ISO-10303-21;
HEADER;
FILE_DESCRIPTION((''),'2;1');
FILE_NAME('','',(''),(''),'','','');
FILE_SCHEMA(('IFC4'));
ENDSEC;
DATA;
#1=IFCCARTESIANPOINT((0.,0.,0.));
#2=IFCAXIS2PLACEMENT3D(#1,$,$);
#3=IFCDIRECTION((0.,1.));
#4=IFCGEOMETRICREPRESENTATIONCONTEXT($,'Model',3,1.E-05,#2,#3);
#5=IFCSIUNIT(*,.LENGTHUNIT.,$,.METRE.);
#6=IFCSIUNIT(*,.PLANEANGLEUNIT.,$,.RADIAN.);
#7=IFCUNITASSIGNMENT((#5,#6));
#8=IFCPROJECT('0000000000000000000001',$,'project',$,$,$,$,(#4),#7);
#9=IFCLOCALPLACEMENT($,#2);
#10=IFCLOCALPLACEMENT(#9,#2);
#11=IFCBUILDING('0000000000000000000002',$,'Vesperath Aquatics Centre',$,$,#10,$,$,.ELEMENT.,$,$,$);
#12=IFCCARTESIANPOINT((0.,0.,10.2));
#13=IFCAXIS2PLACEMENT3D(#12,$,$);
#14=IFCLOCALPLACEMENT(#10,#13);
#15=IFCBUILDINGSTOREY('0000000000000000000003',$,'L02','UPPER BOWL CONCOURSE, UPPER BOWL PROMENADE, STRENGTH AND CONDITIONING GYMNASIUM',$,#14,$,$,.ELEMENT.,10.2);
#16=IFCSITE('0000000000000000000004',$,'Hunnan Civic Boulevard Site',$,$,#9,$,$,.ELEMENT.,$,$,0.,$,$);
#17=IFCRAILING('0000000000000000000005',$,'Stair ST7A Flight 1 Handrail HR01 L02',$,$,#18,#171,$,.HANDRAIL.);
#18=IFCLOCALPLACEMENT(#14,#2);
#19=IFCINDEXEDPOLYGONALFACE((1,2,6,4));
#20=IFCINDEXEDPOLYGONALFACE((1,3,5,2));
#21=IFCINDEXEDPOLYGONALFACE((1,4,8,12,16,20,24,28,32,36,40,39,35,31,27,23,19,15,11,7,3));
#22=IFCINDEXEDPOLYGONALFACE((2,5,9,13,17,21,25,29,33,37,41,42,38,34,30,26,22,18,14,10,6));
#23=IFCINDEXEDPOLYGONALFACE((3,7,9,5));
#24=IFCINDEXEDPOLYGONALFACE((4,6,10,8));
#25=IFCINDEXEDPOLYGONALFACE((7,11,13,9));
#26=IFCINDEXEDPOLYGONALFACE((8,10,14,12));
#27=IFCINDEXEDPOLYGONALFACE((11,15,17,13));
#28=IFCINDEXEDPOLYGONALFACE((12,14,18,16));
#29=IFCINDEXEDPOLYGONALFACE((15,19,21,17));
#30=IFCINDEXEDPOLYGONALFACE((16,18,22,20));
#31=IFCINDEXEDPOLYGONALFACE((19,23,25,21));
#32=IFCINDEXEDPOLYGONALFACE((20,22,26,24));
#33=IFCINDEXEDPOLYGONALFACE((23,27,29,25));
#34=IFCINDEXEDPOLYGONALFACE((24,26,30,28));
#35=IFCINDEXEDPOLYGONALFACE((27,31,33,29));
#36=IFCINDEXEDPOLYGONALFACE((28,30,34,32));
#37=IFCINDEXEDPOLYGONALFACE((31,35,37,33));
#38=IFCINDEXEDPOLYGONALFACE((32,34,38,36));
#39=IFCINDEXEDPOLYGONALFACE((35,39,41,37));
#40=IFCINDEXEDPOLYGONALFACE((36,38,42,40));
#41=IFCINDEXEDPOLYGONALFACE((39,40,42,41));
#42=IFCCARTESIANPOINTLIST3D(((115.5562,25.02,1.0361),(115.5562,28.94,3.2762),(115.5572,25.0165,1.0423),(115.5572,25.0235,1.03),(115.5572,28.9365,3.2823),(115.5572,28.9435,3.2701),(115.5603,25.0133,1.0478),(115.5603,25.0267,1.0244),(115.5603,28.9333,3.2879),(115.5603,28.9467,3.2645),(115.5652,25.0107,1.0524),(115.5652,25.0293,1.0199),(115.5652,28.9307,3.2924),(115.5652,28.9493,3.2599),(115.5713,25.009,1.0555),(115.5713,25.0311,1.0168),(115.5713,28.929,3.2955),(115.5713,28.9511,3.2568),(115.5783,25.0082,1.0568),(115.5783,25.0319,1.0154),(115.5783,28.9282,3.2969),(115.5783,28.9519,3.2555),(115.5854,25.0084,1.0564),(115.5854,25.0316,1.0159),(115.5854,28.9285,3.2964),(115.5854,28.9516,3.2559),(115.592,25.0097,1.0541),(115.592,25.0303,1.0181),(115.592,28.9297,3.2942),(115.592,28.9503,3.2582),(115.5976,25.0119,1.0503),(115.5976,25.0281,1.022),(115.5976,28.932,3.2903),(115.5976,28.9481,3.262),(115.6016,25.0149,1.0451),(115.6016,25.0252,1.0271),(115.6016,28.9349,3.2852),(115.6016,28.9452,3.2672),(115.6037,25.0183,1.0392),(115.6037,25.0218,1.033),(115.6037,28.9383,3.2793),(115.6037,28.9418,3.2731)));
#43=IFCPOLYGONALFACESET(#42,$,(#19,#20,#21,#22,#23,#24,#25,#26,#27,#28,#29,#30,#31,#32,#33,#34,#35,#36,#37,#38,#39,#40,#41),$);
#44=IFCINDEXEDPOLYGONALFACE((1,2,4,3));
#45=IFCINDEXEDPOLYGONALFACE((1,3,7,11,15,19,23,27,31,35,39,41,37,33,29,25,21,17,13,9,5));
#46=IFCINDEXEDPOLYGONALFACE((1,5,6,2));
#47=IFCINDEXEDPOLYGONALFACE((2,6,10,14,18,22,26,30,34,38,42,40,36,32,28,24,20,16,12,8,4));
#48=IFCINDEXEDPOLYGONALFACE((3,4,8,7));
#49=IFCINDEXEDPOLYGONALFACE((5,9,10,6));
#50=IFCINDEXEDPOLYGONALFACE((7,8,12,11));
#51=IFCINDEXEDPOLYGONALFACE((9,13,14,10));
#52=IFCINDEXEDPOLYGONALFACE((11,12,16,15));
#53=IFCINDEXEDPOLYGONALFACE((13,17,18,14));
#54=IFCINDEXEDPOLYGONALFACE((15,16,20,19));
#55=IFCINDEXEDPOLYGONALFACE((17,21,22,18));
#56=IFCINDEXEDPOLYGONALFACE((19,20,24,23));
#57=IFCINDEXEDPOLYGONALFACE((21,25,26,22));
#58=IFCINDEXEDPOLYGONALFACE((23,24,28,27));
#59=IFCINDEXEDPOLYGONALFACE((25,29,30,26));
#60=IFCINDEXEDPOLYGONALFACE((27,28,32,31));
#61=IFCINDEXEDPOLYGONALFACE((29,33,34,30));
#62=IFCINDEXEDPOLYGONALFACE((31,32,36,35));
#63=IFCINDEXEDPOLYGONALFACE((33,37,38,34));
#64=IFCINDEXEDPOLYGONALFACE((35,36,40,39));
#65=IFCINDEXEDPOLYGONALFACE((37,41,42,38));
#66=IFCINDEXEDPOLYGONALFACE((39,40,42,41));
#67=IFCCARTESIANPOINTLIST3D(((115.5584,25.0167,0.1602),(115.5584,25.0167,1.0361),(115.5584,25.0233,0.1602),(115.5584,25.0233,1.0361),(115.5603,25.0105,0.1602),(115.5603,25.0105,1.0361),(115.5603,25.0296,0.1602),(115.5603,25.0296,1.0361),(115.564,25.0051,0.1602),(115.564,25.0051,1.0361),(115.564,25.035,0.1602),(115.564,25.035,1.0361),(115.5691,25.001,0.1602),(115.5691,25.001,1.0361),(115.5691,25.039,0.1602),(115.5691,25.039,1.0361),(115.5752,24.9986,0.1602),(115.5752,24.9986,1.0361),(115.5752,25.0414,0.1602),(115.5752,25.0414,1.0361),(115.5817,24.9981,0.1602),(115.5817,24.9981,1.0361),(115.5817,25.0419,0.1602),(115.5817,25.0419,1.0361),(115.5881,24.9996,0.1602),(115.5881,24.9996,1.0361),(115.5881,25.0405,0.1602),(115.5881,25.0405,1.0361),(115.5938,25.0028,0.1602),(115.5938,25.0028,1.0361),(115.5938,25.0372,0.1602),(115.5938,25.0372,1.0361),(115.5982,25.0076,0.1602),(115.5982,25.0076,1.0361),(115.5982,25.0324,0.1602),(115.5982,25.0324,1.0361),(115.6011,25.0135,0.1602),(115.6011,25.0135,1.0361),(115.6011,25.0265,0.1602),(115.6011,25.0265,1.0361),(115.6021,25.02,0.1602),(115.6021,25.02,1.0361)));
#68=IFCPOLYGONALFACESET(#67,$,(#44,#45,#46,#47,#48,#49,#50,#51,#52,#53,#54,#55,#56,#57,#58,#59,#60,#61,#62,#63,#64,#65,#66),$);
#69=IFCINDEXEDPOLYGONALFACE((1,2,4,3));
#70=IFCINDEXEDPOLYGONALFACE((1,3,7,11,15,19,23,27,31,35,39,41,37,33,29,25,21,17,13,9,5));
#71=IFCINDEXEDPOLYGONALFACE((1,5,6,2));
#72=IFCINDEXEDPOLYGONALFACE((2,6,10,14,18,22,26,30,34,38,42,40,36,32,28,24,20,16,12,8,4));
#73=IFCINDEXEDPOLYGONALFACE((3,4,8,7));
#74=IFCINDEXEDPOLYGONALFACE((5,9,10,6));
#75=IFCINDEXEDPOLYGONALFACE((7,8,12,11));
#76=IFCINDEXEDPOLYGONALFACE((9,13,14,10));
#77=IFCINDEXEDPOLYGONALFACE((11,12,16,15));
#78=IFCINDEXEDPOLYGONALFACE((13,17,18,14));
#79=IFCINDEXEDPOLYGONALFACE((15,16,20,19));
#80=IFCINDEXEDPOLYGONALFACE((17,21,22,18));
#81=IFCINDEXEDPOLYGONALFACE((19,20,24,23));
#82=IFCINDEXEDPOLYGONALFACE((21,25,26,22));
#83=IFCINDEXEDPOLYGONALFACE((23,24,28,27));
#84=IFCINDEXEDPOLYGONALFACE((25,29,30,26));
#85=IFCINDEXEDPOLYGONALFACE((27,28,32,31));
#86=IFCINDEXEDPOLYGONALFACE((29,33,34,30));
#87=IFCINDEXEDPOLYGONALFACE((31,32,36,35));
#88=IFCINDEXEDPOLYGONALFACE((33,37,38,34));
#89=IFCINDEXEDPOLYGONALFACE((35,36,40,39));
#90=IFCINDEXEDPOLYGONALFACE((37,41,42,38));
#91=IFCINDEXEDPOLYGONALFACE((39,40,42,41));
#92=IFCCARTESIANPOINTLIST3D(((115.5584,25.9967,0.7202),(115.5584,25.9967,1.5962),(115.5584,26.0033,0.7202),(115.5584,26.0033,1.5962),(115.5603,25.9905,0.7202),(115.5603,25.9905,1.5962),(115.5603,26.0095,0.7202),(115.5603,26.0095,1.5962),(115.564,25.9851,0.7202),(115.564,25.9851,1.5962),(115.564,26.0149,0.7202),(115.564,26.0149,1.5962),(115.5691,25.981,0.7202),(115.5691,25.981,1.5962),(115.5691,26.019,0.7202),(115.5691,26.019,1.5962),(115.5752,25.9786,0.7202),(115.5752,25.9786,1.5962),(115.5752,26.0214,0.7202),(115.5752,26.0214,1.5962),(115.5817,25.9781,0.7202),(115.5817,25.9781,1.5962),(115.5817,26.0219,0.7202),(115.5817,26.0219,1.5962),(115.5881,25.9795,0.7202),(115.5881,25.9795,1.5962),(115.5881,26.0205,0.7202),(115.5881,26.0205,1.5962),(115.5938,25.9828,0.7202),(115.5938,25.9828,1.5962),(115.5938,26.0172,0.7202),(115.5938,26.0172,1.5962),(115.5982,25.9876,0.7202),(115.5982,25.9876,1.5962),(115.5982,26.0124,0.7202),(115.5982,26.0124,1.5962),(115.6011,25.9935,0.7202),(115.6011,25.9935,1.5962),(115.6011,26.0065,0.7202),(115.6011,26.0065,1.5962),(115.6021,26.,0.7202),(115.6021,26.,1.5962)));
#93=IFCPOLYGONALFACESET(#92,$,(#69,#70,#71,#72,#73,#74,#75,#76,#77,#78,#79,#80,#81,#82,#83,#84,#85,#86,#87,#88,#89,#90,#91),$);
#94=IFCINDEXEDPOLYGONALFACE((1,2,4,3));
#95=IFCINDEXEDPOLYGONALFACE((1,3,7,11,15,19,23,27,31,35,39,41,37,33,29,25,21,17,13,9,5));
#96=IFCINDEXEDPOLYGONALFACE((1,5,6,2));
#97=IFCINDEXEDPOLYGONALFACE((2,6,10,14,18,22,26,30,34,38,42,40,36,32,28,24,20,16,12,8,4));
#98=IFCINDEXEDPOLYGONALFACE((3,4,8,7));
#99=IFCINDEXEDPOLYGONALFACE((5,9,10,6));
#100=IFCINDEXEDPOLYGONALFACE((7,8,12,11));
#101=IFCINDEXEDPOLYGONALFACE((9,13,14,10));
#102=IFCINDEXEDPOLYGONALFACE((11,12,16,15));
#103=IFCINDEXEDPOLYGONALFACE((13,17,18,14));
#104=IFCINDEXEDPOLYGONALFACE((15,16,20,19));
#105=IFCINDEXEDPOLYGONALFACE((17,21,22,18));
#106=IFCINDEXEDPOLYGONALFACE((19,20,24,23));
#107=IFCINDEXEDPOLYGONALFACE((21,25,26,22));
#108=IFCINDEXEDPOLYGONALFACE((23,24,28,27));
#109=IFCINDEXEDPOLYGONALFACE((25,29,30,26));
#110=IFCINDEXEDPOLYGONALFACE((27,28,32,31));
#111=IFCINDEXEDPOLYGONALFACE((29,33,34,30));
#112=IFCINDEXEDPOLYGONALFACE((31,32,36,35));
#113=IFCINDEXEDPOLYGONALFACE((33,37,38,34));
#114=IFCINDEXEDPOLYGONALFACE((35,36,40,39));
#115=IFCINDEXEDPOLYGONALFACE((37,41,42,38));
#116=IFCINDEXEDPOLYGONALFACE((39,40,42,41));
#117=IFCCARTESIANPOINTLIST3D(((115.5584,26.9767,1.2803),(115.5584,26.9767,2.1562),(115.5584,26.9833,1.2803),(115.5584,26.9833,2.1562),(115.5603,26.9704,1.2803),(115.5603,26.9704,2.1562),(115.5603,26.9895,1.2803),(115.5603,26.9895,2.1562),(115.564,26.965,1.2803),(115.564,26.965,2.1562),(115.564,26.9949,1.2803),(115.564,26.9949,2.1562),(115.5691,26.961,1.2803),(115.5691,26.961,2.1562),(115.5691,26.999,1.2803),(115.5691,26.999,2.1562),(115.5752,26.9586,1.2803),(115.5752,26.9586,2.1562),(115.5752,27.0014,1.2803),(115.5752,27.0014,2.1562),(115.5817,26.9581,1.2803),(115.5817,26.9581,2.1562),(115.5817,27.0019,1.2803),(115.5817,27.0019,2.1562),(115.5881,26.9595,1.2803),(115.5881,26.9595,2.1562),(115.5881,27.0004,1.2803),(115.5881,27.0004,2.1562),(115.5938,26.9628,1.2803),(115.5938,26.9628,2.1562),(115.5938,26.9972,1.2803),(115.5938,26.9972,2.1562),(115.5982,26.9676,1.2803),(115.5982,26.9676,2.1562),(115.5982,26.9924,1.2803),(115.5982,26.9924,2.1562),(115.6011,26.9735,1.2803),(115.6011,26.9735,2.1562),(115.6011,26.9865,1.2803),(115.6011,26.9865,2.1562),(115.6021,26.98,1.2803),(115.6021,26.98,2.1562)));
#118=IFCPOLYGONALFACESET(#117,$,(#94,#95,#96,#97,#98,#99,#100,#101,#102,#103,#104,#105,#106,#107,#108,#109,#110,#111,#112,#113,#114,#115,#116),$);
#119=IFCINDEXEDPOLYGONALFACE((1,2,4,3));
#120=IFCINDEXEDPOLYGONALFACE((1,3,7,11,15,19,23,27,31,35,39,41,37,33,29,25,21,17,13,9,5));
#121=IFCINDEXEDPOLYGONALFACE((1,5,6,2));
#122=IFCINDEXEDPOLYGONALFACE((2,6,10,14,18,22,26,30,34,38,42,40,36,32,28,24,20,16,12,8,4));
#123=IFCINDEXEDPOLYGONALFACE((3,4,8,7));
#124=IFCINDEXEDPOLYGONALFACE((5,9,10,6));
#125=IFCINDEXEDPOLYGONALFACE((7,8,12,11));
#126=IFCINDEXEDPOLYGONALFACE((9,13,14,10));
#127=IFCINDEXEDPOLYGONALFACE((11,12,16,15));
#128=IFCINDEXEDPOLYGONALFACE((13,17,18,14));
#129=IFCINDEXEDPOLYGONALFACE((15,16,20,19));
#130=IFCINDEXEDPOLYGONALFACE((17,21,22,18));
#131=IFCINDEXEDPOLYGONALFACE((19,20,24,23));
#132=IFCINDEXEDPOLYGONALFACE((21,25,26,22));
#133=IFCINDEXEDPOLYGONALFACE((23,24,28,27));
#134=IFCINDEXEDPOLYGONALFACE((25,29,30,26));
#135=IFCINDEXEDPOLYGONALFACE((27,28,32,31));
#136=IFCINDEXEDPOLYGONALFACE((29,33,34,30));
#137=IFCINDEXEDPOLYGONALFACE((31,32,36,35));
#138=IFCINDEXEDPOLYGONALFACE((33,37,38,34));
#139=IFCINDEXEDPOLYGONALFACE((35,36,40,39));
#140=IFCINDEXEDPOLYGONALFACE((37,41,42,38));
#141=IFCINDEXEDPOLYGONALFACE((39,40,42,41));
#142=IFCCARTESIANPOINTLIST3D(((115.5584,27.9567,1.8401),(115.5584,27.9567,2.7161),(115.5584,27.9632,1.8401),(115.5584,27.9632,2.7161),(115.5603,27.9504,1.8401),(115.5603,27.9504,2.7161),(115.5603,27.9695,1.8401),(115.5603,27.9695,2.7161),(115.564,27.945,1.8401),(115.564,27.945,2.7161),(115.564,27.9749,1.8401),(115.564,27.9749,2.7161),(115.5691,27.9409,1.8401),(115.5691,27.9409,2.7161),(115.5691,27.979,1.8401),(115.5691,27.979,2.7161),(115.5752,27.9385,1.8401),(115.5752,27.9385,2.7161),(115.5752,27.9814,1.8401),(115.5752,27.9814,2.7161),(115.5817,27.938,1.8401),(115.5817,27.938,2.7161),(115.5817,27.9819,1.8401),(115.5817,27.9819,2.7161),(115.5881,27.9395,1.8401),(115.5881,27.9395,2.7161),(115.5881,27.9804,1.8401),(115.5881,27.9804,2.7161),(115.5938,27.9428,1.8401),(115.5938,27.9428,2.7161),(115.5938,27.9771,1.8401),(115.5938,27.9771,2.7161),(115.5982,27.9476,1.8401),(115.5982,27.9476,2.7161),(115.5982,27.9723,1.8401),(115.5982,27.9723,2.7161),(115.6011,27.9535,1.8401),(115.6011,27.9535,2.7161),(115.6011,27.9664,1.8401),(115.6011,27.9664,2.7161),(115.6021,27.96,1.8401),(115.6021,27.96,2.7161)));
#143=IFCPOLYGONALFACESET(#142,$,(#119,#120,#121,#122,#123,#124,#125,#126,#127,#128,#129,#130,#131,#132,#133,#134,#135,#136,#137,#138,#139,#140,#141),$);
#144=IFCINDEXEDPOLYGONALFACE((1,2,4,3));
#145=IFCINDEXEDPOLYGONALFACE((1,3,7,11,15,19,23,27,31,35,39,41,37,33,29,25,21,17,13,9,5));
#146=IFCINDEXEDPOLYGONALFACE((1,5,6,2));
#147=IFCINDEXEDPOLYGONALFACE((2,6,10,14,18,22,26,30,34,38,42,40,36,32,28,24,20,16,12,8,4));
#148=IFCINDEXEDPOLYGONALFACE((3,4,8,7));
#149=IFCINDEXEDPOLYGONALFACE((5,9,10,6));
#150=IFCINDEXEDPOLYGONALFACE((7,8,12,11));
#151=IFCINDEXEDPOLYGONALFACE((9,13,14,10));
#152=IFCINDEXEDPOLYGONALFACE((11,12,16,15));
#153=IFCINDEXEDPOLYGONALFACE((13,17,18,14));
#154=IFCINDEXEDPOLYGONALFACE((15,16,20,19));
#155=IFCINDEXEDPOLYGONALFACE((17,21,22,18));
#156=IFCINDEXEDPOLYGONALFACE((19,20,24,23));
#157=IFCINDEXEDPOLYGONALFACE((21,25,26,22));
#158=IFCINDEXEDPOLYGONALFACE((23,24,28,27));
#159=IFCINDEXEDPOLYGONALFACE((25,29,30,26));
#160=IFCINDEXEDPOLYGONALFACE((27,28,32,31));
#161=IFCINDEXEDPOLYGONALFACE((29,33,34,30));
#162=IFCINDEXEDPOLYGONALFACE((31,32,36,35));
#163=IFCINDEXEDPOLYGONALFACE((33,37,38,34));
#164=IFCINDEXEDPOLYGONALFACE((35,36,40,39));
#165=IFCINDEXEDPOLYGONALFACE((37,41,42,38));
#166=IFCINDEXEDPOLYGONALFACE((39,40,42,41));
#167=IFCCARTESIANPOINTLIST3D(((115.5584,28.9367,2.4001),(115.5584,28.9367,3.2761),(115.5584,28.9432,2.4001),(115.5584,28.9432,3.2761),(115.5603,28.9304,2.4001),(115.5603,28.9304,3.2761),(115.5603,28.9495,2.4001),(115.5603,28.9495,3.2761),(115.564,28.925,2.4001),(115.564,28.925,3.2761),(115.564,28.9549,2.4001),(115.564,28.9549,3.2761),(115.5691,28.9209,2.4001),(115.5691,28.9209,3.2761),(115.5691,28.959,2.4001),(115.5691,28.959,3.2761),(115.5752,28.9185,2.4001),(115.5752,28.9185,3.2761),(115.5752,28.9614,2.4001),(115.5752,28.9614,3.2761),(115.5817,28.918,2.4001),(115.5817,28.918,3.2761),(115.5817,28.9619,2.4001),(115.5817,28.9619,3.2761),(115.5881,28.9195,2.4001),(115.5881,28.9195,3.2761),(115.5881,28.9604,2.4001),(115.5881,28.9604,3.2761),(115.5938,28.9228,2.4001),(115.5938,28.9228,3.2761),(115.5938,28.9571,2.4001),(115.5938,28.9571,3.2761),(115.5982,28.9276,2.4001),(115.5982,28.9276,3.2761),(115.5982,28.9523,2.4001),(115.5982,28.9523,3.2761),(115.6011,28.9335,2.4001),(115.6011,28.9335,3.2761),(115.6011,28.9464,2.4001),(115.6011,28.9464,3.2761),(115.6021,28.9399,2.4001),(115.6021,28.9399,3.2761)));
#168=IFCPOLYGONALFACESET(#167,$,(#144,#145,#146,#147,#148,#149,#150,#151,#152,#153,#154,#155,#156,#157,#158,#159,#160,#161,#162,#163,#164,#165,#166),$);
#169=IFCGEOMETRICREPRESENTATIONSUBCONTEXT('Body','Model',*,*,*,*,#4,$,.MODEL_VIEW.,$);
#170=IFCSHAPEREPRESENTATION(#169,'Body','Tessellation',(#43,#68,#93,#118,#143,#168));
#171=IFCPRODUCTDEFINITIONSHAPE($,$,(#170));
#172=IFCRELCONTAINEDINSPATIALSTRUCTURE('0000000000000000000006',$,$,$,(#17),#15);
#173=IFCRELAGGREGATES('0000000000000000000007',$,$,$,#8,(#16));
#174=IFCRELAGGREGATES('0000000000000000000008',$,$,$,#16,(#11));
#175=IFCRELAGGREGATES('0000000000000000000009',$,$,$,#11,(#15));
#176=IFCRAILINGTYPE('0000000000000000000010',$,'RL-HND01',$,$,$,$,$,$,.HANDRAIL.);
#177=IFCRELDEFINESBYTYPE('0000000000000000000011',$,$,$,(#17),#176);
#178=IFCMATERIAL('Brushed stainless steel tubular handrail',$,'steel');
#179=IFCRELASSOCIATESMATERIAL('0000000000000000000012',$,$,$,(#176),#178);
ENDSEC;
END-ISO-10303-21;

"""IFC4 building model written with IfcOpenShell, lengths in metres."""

from ifc_helpers import new_model, si_unit, direction, frame, origin, origin_2d, place, context, subcontext, project, spatial, circle, extrude, material, type_object, element, save


model = new_model("IFC4")

# Units and contexts
model_context = context("Model", 3, precision=1e-05, world=origin(), true_north=direction((0.0, 1.0)))
body_context = subcontext(model_context, "Body", "Model", "MODEL_VIEW")
ifc_project = project(units=[si_unit("LENGTHUNIT", "METRE"), si_unit("PLANEANGLEUNIT", "RADIAN")], contexts=[model_context])

# Site, building, storey
site_placement = place(None, origin())
site = spatial("IfcSite", under=ifc_project, at=site_placement, Name="Hunnan Civic Boulevard Site", CompositionType="ELEMENT", RefElevation=0.0)
building_placement = place(site_placement, origin())
building = spatial("IfcBuilding", under=site, at=building_placement, Name="Vesperath Aquatics Centre", CompositionType="ELEMENT")
storey_placement = place(building_placement, frame((0.0, 0.0, 10.2)))
storey = spatial("IfcBuildingStorey", under=building, at=storey_placement, Name="L02", Description="UPPER BOWL CONCOURSE, UPPER BOWL PROMENADE, STRENGTH AND CONDITIONING GYMNASIUM", CompositionType="ELEMENT", Elevation=10.2)

# Railing
ifc_material_1 = material(Name="Brushed stainless steel tubular handrail", Category="steel")
railing_type_1 = type_object("IfcRailingType", Name="RL-HND01", PredefinedType="HANDRAIL", material=ifc_material_1)
railing_1_placement = place(storey_placement, frame((115.5801, 25.02, 0.1602)))
element("IfcRailing", 1, at=railing_1_placement, inside=storey, type_object=railing_type_1, Name="Stair ST7A Flight 1 Handrail HR01 L02", PredefinedType="HANDRAIL", context=body_context, shape_type="SweptSolid", body=[
    extrude(circle(Radius=0.0239, at=origin_2d()), frame((0.0, 0.0, 0.876), z_axis=(0.0, 0.86824, 0.496145), x_axis=(-1.0, 0.0, 0.0)), (0.0, 0.0, 1.0), 4.5149),
    extrude(circle(Radius=0.022, at=origin_2d()), origin(), (0.0, 0.0, 1.0), 0.876),
    extrude(circle(Radius=0.022, at=origin_2d()), frame((0.0, 0.98, 0.5601)), (0.0, 0.0, 1.0), 0.876),
    extrude(circle(Radius=0.022, at=origin_2d()), frame((0.0, 1.96, 1.1201)), (0.0, 0.0, 1.0), 0.876),
    extrude(circle(Radius=0.022, at=origin_2d()), frame((0.0, 2.9399, 1.6799)), (0.0, 0.0, 1.0), 0.876),
    extrude(circle(Radius=0.022, at=origin_2d()), frame((0.0, 3.9199, 2.24)), (0.0, 0.0, 1.0), 0.876),
])

save(model, "model.ifc")
